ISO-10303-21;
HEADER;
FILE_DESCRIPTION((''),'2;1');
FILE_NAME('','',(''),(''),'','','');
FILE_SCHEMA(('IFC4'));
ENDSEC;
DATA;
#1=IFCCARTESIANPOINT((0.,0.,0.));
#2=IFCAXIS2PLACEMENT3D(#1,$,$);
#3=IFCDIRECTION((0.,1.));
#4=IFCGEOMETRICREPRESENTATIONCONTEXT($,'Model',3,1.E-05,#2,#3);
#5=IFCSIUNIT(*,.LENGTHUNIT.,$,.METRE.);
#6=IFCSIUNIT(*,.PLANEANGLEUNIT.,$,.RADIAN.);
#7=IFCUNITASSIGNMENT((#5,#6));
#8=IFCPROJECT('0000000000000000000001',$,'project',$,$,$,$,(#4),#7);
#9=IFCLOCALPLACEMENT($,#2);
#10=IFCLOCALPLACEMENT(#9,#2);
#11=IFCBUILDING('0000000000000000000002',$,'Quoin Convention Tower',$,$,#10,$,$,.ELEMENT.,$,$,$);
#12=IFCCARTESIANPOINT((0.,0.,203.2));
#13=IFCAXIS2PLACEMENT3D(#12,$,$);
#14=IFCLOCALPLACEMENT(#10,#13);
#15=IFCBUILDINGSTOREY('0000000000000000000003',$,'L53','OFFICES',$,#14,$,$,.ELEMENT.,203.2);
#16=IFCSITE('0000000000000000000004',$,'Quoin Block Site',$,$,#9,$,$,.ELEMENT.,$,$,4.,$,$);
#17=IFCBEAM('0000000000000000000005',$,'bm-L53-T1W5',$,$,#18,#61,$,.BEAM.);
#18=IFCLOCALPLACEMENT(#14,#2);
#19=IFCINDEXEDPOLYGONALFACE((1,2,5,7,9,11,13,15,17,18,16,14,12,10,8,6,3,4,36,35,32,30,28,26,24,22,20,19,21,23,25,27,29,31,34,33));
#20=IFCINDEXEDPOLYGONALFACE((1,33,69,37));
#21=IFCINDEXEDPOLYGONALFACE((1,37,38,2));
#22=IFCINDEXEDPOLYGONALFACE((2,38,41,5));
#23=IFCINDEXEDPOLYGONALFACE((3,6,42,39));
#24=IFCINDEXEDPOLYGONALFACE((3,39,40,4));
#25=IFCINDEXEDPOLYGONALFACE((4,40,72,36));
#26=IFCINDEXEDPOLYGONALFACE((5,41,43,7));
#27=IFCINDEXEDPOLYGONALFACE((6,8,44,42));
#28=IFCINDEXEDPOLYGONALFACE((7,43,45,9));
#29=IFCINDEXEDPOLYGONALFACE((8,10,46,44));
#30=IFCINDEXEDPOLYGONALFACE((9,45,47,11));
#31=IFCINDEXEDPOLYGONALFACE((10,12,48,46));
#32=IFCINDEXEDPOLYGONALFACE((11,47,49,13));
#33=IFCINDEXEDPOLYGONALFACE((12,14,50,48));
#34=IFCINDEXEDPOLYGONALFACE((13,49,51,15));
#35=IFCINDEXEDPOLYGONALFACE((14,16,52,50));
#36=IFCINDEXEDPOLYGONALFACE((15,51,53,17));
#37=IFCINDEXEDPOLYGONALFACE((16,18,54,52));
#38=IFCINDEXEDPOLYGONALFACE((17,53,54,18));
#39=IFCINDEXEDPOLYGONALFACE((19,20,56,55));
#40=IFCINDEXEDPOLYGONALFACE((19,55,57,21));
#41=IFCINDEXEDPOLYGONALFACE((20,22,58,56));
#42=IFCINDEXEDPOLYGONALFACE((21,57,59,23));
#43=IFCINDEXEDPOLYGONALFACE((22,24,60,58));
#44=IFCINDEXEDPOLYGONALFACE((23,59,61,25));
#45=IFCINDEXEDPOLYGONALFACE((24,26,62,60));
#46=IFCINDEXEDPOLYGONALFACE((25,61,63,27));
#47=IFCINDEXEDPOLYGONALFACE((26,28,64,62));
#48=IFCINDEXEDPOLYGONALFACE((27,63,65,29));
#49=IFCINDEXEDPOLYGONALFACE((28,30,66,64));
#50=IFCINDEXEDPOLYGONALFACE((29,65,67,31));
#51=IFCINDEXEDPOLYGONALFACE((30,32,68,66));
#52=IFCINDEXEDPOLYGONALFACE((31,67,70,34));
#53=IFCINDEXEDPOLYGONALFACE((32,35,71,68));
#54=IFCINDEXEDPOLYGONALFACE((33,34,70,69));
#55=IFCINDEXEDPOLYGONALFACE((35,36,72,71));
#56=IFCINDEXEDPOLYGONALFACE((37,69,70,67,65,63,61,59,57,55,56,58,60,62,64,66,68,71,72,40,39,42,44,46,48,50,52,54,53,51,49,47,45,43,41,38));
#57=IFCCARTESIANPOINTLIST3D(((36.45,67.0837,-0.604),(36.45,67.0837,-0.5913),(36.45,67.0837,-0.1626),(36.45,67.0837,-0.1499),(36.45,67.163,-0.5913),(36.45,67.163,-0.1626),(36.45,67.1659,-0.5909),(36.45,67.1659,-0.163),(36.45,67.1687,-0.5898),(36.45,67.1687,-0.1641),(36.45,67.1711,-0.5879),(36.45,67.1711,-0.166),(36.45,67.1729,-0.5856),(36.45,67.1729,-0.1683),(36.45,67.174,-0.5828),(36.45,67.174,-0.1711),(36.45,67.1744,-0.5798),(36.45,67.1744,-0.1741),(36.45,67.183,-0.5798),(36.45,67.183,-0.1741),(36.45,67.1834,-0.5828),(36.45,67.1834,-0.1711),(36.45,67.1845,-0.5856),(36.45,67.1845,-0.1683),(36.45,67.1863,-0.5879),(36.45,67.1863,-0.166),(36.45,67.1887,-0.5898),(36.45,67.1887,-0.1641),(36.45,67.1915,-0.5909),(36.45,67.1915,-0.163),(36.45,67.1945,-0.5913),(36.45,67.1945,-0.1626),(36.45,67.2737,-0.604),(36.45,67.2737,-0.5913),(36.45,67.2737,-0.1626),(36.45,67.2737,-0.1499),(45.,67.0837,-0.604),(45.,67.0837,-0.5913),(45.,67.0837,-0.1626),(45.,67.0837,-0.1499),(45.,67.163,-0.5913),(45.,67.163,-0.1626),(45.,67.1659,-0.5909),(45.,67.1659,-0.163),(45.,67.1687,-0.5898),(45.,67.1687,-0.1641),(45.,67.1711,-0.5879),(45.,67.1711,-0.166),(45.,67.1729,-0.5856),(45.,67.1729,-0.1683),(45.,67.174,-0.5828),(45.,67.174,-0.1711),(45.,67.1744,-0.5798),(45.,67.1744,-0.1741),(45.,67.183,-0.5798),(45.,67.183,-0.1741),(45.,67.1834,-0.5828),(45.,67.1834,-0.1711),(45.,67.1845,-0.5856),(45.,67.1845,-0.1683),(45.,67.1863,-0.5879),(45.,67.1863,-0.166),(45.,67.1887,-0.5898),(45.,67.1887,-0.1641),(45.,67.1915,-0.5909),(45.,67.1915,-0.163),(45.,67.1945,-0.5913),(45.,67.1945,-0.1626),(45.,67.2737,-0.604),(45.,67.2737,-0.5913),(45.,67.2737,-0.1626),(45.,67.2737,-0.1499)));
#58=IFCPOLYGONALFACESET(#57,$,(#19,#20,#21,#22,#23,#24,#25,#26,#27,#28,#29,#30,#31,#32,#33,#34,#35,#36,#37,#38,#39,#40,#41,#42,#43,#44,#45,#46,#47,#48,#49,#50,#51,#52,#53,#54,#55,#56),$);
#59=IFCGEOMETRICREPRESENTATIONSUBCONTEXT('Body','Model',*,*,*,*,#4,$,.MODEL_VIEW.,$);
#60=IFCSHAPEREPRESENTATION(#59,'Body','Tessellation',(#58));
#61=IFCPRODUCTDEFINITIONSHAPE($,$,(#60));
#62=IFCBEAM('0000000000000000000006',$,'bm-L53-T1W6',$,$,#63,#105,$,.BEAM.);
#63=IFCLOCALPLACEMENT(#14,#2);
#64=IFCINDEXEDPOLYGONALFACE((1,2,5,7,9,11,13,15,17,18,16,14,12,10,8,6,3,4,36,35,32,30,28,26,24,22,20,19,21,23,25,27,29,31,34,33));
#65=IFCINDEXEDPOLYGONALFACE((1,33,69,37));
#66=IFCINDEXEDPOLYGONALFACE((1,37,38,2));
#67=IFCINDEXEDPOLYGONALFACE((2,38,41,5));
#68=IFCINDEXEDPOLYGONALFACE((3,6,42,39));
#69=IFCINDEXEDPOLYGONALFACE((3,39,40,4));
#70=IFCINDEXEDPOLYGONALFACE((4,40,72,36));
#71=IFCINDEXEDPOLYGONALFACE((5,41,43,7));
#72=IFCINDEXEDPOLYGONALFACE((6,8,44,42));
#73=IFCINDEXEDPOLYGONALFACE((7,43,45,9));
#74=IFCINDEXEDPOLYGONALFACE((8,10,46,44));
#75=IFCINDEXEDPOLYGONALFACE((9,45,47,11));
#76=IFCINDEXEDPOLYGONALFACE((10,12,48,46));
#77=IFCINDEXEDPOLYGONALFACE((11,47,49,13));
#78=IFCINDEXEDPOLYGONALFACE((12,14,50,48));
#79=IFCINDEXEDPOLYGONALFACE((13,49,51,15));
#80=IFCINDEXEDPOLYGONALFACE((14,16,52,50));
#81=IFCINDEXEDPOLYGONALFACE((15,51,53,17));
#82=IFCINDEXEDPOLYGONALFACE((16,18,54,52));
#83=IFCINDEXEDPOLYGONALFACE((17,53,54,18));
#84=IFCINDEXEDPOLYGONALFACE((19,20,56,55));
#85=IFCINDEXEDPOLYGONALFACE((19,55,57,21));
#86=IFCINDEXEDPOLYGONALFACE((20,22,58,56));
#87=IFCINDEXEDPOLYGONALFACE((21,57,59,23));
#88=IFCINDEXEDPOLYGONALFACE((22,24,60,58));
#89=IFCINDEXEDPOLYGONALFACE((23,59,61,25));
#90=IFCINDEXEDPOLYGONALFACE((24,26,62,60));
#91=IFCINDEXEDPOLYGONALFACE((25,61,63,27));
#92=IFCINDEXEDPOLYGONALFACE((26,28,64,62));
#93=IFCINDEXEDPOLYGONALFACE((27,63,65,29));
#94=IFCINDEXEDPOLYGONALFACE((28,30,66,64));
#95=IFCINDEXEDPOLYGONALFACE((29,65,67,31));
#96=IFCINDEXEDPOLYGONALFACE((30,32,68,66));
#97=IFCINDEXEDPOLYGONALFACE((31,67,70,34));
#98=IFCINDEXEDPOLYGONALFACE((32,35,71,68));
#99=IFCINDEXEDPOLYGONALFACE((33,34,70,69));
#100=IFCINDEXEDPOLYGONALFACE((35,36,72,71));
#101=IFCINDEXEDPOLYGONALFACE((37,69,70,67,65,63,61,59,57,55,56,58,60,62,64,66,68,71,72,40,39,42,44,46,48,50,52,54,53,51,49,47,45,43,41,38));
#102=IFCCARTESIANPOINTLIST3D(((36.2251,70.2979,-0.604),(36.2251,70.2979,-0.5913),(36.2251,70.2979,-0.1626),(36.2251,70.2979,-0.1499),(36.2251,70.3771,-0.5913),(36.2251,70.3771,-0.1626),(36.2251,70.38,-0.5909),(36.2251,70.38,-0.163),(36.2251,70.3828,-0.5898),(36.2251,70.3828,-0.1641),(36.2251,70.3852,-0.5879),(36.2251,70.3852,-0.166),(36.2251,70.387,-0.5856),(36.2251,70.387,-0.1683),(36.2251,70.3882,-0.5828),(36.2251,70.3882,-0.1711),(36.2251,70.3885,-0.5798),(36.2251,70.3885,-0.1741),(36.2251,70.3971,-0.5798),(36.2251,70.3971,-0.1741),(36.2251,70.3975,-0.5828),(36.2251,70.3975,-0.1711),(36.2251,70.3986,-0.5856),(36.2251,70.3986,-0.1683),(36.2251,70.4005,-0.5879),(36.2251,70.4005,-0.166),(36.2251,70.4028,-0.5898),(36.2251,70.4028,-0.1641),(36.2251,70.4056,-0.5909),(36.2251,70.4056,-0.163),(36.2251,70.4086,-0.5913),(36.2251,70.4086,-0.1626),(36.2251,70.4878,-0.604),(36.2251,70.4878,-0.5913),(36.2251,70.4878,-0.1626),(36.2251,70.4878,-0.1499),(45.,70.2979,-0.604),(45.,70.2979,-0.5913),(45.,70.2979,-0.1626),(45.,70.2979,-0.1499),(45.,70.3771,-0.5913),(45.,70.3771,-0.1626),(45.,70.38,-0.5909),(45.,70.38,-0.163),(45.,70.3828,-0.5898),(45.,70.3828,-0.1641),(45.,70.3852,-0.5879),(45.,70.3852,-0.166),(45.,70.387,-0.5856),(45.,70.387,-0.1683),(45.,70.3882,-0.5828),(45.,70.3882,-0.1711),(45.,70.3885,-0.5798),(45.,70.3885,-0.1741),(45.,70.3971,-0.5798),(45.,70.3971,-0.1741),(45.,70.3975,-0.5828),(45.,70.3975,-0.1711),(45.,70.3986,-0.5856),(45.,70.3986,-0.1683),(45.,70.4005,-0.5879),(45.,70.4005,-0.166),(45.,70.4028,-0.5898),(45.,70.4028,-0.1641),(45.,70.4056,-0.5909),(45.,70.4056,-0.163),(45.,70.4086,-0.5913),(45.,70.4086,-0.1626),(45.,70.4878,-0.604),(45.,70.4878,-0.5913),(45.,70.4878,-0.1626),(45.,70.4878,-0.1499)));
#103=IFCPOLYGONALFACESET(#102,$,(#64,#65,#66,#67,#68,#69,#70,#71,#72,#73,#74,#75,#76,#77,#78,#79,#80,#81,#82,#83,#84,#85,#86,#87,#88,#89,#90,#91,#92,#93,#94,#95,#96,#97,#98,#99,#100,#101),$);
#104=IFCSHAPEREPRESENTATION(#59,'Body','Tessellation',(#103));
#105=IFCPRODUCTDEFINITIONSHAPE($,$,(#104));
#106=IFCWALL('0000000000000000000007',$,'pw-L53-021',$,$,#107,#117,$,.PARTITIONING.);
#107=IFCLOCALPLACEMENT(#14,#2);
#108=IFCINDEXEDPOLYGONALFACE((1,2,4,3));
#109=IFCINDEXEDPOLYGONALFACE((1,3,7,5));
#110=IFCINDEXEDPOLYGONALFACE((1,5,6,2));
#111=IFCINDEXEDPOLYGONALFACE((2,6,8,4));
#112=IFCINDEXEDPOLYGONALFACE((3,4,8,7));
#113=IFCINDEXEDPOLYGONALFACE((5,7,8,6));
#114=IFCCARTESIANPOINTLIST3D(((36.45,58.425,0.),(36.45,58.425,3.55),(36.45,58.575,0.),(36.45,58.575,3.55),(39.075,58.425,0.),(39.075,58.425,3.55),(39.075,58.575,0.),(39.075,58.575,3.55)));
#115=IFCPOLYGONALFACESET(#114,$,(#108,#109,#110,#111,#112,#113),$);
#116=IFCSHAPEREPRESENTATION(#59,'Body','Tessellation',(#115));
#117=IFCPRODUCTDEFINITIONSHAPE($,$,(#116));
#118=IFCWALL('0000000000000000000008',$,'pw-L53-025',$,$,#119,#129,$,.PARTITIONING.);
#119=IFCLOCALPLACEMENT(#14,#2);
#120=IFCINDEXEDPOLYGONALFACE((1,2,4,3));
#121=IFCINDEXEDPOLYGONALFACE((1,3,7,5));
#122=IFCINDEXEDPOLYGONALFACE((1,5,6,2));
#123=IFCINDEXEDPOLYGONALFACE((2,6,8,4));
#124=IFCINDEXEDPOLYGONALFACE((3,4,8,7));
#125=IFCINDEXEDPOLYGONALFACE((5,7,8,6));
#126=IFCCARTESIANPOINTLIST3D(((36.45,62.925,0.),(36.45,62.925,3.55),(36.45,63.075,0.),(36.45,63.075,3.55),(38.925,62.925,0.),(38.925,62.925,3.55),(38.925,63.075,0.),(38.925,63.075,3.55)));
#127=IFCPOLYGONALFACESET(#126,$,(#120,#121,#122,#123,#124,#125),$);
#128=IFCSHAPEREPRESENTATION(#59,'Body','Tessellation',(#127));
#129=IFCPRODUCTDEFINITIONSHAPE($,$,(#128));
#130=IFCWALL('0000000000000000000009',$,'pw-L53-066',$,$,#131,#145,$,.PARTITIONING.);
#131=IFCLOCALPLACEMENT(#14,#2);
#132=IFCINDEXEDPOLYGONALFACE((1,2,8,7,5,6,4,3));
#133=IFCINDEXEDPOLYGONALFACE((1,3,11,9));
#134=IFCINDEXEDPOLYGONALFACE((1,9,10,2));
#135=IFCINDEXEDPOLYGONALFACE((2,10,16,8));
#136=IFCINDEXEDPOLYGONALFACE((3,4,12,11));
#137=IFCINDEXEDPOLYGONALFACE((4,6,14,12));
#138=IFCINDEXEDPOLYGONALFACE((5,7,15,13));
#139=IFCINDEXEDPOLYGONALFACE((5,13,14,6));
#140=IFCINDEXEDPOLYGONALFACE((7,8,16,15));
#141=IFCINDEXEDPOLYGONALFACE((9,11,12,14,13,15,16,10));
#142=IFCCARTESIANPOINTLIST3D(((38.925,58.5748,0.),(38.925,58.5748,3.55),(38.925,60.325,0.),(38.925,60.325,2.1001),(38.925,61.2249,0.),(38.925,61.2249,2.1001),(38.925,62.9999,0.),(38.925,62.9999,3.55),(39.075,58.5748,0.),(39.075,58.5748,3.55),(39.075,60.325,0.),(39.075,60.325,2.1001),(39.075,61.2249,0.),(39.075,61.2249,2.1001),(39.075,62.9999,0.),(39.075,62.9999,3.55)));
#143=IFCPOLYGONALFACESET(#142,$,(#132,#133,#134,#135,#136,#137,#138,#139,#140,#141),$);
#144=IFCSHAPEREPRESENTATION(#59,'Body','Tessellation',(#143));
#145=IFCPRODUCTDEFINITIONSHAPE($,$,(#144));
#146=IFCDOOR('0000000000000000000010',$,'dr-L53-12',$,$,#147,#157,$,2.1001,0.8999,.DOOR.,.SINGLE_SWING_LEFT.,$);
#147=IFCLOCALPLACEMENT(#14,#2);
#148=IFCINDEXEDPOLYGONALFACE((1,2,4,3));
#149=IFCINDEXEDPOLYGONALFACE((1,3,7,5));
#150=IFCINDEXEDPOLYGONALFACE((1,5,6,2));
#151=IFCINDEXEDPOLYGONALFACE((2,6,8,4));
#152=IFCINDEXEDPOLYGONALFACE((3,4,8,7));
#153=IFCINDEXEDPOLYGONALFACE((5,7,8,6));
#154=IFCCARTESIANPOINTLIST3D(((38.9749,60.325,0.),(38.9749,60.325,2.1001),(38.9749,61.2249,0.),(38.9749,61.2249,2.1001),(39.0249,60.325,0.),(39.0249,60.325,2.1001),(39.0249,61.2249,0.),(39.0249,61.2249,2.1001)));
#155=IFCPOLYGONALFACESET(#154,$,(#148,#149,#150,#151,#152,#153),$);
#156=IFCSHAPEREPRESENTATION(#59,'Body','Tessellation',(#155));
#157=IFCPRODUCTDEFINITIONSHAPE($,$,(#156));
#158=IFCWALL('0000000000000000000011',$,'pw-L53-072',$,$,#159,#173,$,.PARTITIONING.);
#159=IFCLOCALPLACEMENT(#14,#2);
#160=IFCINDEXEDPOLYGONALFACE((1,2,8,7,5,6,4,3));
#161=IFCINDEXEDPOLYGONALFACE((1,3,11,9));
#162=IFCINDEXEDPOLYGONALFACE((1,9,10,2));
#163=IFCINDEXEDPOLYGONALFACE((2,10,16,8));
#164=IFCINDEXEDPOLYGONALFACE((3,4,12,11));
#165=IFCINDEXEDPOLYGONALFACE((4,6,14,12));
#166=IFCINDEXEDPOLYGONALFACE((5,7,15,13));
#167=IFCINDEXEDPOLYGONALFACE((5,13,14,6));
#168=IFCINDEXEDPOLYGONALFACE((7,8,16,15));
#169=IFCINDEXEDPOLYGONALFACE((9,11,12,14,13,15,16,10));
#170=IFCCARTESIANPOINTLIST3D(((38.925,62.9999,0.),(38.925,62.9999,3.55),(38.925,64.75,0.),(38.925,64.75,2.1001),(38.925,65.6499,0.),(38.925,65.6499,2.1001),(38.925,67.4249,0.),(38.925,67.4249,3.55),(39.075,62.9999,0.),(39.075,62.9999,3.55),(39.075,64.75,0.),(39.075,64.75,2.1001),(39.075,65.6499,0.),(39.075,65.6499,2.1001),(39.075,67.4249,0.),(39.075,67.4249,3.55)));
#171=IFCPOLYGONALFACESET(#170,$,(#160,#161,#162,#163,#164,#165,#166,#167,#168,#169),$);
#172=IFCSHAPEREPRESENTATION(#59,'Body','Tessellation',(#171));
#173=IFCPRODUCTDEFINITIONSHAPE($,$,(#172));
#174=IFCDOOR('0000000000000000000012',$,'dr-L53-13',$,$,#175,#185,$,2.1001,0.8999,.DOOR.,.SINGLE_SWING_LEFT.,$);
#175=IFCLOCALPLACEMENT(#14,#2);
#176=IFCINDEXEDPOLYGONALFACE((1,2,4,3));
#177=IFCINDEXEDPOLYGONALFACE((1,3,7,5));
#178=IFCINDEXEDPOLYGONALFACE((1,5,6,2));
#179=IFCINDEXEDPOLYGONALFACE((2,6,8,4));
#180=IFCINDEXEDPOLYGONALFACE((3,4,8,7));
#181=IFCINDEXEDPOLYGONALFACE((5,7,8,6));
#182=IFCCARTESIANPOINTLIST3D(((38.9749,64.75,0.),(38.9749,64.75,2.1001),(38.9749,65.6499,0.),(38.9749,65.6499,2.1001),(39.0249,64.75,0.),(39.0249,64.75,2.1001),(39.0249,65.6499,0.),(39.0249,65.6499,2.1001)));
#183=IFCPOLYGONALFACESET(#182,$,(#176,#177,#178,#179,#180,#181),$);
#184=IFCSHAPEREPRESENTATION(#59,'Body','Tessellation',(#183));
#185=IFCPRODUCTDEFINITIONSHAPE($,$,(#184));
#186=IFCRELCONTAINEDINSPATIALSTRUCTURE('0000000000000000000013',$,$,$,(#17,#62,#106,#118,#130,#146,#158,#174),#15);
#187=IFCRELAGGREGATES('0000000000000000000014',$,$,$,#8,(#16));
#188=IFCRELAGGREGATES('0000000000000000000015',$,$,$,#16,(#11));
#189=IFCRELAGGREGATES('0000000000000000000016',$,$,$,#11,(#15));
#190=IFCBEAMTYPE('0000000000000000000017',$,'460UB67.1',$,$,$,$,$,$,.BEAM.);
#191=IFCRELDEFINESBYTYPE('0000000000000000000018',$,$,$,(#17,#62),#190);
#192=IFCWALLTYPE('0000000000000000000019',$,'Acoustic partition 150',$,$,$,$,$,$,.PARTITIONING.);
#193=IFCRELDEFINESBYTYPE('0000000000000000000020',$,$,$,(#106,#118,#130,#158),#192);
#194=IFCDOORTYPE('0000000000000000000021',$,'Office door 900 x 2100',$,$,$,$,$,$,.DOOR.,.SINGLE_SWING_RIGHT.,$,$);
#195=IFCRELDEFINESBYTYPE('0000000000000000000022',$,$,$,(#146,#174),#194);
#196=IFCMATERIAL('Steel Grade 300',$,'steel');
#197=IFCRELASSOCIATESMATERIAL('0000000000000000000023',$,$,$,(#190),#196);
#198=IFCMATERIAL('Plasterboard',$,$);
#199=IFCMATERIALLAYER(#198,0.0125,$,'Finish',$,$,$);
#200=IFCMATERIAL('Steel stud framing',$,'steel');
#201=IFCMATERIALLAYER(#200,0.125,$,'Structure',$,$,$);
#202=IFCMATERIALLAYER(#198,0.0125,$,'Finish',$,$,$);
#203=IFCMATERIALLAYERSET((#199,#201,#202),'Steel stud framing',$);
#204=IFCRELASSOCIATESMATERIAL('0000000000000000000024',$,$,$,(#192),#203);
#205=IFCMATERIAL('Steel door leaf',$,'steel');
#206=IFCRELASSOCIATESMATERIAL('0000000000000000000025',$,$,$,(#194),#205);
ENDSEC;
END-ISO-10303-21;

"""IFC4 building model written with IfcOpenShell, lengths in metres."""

from ifc_helpers import new_model, si_unit, direction, frame, frame_2d, origin, origin_2d, place, context, subcontext, project, spatial, rectangle, i_section, extrude, material, layer, layer_set, material_profile, profile_set, type_object, element, fill, save


model = new_model("IFC4")

# Units and contexts
model_context = context("Model", 3, precision=1e-05, world=origin(), true_north=direction((0.0, 1.0)))
body_context = subcontext(model_context, "Body", "Model", "MODEL_VIEW")
ifc_project = project(units=[si_unit("LENGTHUNIT", "METRE"), si_unit("PLANEANGLEUNIT", "RADIAN")], contexts=[model_context])

# Site, building, storey
site_placement = place(None, origin())
site = spatial("IfcSite", under=ifc_project, at=site_placement, Name="Quoin Block Site", CompositionType="ELEMENT", RefElevation=4.0)
building_placement = place(site_placement, origin())
building = spatial("IfcBuilding", under=site, at=building_placement, Name="Quoin Convention Tower", CompositionType="ELEMENT")
storey_placement = place(building_placement, frame((0.0, 0.0, 203.2)))
storey = spatial("IfcBuildingStorey", under=building, at=storey_placement, Name="L53", Description="OFFICES", CompositionType="ELEMENT", Elevation=203.2)

# Beams
ifc_material_1 = material(Name="Steel Grade 300", Category="steel")
ifc_material_profile = material_profile(ifc_material_1, i_section(OverallWidth=0.1899, OverallDepth=0.4541, WebThickness=0.0085, FlangeThickness=0.0127, FilletRadius=0.0115, at=origin_2d()), Name="460UB67.1")
ifc_profile_set = profile_set([ifc_material_profile], Name="Steel Grade 300")
beam_type = type_object("IfcBeamType", Name="460UB67.1", PredefinedType="BEAM", material=ifc_profile_set)
beam_1_placement = place(storey_placement, frame((36.45, 67.1787, -0.377), z_axis=(1.0, 0.0, 0.0), x_axis=(0.0, 1.0, 0.0)))
element("IfcBeam", 1, at=beam_1_placement, inside=storey, type_object=beam_type, Name="bm-L53-T1W5", PredefinedType="BEAM", context=body_context, shape_type="SweptSolid", body=[
    extrude(i_section(OverallWidth=0.1899, OverallDepth=0.4541, WebThickness=0.0085, FlangeThickness=0.0127, FilletRadius=0.0115, at=origin_2d()), origin(), (0.0, 0.0, 1.0), 8.55),
])
beam_2_placement = place(storey_placement, frame((36.2251, 70.3928, -0.377), z_axis=(1.0, 0.0, 0.0), x_axis=(0.0, 1.0, 0.0)))
element("IfcBeam", 2, at=beam_2_placement, inside=storey, type_object=beam_type, Name="bm-L53-T1W6", PredefinedType="BEAM", context=body_context, shape_type="SweptSolid", body=[
    extrude(i_section(OverallWidth=0.1899, OverallDepth=0.4541, WebThickness=0.0085, FlangeThickness=0.0127, FilletRadius=0.0115, at=origin_2d()), origin(), (0.0, 0.0, 1.0), 8.7749),
])

# Walls
ifc_material_2 = material(Name="Plasterboard")
ifc_layer_1 = layer(ifc_material_2, 0.0125, Name="Finish")
ifc_material_3 = material(Name="Steel stud framing", Category="steel")
ifc_layer_2 = layer(ifc_material_3, 0.125, Name="Structure")
ifc_layer_3 = layer(ifc_material_2, 0.0125, Name="Finish")
ifc_layer_set_1 = layer_set([ifc_layer_1, ifc_layer_2, ifc_layer_3], Name="Steel stud framing")
wall_type_1 = type_object("IfcWallType", Name="Acoustic partition 150", PredefinedType="PARTITIONING", material=ifc_layer_set_1)
wall_1_placement = place(storey_placement, frame((36.45, 58.5, 0.0), z_axis=(0.0, 0.0, 1.0), x_axis=(1.0, 0.0, 0.0)))
element("IfcWall", 3, at=wall_1_placement, inside=storey, type_object=wall_type_1, Name="pw-L53-021", PredefinedType="PARTITIONING", context=body_context, shape_type="SweptSolid", body=[
    extrude(rectangle(XDim=2.625, YDim=0.1499, at=frame_2d((1.3125, 0.0))), origin(), (0.0, 0.0, 1.0), 3.55),
])
wall_2_placement = place(storey_placement, frame((36.45, 63.0, 0.0), z_axis=(0.0, 0.0, 1.0), x_axis=(1.0, 0.0, 0.0)))
element("IfcWall", 4, at=wall_2_placement, inside=storey, type_object=wall_type_1, Name="pw-L53-025", PredefinedType="PARTITIONING", context=body_context, shape_type="SweptSolid", body=[
    extrude(rectangle(XDim=2.4751, YDim=0.1499, at=frame_2d((1.2375, 0.0))), origin(), (0.0, 0.0, 1.0), 3.55),
])

# Walls, openings, doors
wall_3_placement = place(storey_placement, frame((39.0, 58.575, 0.0), z_axis=(0.0, 0.0, 1.0), x_axis=(0.0, 1.0, 0.0)))
wall_3 = element("IfcWall", 5, at=wall_3_placement, inside=storey, type_object=wall_type_1, Name="pw-L53-066", PredefinedType="PARTITIONING", context=body_context, shape_type="SweptSolid", body=[
    extrude(rectangle(XDim=4.425, YDim=0.1499, at=frame_2d((2.2124, 0.0))), origin(), (0.0, 0.0, 1.0), 3.55),
])
opening_1_placement = place(wall_3_placement, frame((1.75, 0.0, 0.0)))
opening_1 = element("IfcOpeningElement", 6, at=opening_1_placement, cuts=wall_3, PredefinedType="OPENING", context=body_context, shape_type="SweptSolid", body=[
    extrude(rectangle(XDim=0.8999, YDim=2.1001, at=frame_2d((0.45, 1.05))), frame((0.0, 0.085, 0.0), z_axis=(0.0, -1.0, 0.0), x_axis=(1.0, 0.0, 0.0)), (0.0, 0.0, 1.0), 0.1699),
])
ifc_material_4 = material(Name="Steel door leaf", Category="steel")
door_type = type_object("IfcDoorType", Name="Office door 900 x 2100", OperationType="SINGLE_SWING_RIGHT", PredefinedType="DOOR", material=ifc_material_4)
door_1_placement = place(opening_1_placement, frame((0.8999, 0.0, 0.0), z_axis=(0.0, 0.0, 1.0), x_axis=(-1.0, 0.0, 0.0)))
door_1 = element("IfcDoor", 7, at=door_1_placement, inside=storey, type_object=door_type, Name="dr-L53-12", OperationType="SINGLE_SWING_LEFT", OverallHeight=2.1001, OverallWidth=0.8999, PredefinedType="DOOR", context=body_context, shape_type="SweptSolid", body=[
    extrude(rectangle(XDim=0.8999, YDim=2.1001, at=frame_2d((0.45, 1.05))), frame((0.0, 0.0249, 0.0), z_axis=(0.0, -1.0, 0.0), x_axis=(1.0, 0.0, 0.0)), (0.0, 0.0, 1.0), 0.05),
])
fill(opening_1, door_1)
wall_4_placement = place(storey_placement, frame((39.0, 63.0, 0.0), z_axis=(0.0, 0.0, 1.0), x_axis=(0.0, 1.0, 0.0)))
wall_4 = element("IfcWall", 8, at=wall_4_placement, inside=storey, type_object=wall_type_1, Name="pw-L53-072", PredefinedType="PARTITIONING", context=body_context, shape_type="SweptSolid", body=[
    extrude(rectangle(XDim=4.425, YDim=0.1499, at=frame_2d((2.2124, 0.0))), origin(), (0.0, 0.0, 1.0), 3.55),
])
opening_2_placement = place(wall_4_placement, frame((1.75, 0.0, 0.0)))
opening_2 = element("IfcOpeningElement", 9, at=opening_2_placement, cuts=wall_4, PredefinedType="OPENING", context=body_context, shape_type="SweptSolid", body=[
    extrude(rectangle(XDim=0.8999, YDim=2.1001, at=frame_2d((0.45, 1.05))), frame((0.0, 0.085, 0.0), z_axis=(0.0, -1.0, 0.0), x_axis=(1.0, 0.0, 0.0)), (0.0, 0.0, 1.0), 0.1699),
])
door_2_placement = place(opening_2_placement, frame((0.8999, 0.0, 0.0), z_axis=(0.0, 0.0, 1.0), x_axis=(-1.0, 0.0, 0.0)))
door_2 = element("IfcDoor", 10, at=door_2_placement, inside=storey, type_object=door_type, Name="dr-L53-13", OperationType="SINGLE_SWING_LEFT", OverallHeight=2.1001, OverallWidth=0.8999, PredefinedType="DOOR", context=body_context, shape_type="SweptSolid", body=[
    extrude(rectangle(XDim=0.8999, YDim=2.1001, at=frame_2d((0.45, 1.05))), frame((0.0, 0.0249, 0.0), z_axis=(0.0, -1.0, 0.0), x_axis=(1.0, 0.0, 0.0)), (0.0, 0.0, 1.0), 0.05),
])
fill(opening_2, door_2)

save(model, "model.ifc")
